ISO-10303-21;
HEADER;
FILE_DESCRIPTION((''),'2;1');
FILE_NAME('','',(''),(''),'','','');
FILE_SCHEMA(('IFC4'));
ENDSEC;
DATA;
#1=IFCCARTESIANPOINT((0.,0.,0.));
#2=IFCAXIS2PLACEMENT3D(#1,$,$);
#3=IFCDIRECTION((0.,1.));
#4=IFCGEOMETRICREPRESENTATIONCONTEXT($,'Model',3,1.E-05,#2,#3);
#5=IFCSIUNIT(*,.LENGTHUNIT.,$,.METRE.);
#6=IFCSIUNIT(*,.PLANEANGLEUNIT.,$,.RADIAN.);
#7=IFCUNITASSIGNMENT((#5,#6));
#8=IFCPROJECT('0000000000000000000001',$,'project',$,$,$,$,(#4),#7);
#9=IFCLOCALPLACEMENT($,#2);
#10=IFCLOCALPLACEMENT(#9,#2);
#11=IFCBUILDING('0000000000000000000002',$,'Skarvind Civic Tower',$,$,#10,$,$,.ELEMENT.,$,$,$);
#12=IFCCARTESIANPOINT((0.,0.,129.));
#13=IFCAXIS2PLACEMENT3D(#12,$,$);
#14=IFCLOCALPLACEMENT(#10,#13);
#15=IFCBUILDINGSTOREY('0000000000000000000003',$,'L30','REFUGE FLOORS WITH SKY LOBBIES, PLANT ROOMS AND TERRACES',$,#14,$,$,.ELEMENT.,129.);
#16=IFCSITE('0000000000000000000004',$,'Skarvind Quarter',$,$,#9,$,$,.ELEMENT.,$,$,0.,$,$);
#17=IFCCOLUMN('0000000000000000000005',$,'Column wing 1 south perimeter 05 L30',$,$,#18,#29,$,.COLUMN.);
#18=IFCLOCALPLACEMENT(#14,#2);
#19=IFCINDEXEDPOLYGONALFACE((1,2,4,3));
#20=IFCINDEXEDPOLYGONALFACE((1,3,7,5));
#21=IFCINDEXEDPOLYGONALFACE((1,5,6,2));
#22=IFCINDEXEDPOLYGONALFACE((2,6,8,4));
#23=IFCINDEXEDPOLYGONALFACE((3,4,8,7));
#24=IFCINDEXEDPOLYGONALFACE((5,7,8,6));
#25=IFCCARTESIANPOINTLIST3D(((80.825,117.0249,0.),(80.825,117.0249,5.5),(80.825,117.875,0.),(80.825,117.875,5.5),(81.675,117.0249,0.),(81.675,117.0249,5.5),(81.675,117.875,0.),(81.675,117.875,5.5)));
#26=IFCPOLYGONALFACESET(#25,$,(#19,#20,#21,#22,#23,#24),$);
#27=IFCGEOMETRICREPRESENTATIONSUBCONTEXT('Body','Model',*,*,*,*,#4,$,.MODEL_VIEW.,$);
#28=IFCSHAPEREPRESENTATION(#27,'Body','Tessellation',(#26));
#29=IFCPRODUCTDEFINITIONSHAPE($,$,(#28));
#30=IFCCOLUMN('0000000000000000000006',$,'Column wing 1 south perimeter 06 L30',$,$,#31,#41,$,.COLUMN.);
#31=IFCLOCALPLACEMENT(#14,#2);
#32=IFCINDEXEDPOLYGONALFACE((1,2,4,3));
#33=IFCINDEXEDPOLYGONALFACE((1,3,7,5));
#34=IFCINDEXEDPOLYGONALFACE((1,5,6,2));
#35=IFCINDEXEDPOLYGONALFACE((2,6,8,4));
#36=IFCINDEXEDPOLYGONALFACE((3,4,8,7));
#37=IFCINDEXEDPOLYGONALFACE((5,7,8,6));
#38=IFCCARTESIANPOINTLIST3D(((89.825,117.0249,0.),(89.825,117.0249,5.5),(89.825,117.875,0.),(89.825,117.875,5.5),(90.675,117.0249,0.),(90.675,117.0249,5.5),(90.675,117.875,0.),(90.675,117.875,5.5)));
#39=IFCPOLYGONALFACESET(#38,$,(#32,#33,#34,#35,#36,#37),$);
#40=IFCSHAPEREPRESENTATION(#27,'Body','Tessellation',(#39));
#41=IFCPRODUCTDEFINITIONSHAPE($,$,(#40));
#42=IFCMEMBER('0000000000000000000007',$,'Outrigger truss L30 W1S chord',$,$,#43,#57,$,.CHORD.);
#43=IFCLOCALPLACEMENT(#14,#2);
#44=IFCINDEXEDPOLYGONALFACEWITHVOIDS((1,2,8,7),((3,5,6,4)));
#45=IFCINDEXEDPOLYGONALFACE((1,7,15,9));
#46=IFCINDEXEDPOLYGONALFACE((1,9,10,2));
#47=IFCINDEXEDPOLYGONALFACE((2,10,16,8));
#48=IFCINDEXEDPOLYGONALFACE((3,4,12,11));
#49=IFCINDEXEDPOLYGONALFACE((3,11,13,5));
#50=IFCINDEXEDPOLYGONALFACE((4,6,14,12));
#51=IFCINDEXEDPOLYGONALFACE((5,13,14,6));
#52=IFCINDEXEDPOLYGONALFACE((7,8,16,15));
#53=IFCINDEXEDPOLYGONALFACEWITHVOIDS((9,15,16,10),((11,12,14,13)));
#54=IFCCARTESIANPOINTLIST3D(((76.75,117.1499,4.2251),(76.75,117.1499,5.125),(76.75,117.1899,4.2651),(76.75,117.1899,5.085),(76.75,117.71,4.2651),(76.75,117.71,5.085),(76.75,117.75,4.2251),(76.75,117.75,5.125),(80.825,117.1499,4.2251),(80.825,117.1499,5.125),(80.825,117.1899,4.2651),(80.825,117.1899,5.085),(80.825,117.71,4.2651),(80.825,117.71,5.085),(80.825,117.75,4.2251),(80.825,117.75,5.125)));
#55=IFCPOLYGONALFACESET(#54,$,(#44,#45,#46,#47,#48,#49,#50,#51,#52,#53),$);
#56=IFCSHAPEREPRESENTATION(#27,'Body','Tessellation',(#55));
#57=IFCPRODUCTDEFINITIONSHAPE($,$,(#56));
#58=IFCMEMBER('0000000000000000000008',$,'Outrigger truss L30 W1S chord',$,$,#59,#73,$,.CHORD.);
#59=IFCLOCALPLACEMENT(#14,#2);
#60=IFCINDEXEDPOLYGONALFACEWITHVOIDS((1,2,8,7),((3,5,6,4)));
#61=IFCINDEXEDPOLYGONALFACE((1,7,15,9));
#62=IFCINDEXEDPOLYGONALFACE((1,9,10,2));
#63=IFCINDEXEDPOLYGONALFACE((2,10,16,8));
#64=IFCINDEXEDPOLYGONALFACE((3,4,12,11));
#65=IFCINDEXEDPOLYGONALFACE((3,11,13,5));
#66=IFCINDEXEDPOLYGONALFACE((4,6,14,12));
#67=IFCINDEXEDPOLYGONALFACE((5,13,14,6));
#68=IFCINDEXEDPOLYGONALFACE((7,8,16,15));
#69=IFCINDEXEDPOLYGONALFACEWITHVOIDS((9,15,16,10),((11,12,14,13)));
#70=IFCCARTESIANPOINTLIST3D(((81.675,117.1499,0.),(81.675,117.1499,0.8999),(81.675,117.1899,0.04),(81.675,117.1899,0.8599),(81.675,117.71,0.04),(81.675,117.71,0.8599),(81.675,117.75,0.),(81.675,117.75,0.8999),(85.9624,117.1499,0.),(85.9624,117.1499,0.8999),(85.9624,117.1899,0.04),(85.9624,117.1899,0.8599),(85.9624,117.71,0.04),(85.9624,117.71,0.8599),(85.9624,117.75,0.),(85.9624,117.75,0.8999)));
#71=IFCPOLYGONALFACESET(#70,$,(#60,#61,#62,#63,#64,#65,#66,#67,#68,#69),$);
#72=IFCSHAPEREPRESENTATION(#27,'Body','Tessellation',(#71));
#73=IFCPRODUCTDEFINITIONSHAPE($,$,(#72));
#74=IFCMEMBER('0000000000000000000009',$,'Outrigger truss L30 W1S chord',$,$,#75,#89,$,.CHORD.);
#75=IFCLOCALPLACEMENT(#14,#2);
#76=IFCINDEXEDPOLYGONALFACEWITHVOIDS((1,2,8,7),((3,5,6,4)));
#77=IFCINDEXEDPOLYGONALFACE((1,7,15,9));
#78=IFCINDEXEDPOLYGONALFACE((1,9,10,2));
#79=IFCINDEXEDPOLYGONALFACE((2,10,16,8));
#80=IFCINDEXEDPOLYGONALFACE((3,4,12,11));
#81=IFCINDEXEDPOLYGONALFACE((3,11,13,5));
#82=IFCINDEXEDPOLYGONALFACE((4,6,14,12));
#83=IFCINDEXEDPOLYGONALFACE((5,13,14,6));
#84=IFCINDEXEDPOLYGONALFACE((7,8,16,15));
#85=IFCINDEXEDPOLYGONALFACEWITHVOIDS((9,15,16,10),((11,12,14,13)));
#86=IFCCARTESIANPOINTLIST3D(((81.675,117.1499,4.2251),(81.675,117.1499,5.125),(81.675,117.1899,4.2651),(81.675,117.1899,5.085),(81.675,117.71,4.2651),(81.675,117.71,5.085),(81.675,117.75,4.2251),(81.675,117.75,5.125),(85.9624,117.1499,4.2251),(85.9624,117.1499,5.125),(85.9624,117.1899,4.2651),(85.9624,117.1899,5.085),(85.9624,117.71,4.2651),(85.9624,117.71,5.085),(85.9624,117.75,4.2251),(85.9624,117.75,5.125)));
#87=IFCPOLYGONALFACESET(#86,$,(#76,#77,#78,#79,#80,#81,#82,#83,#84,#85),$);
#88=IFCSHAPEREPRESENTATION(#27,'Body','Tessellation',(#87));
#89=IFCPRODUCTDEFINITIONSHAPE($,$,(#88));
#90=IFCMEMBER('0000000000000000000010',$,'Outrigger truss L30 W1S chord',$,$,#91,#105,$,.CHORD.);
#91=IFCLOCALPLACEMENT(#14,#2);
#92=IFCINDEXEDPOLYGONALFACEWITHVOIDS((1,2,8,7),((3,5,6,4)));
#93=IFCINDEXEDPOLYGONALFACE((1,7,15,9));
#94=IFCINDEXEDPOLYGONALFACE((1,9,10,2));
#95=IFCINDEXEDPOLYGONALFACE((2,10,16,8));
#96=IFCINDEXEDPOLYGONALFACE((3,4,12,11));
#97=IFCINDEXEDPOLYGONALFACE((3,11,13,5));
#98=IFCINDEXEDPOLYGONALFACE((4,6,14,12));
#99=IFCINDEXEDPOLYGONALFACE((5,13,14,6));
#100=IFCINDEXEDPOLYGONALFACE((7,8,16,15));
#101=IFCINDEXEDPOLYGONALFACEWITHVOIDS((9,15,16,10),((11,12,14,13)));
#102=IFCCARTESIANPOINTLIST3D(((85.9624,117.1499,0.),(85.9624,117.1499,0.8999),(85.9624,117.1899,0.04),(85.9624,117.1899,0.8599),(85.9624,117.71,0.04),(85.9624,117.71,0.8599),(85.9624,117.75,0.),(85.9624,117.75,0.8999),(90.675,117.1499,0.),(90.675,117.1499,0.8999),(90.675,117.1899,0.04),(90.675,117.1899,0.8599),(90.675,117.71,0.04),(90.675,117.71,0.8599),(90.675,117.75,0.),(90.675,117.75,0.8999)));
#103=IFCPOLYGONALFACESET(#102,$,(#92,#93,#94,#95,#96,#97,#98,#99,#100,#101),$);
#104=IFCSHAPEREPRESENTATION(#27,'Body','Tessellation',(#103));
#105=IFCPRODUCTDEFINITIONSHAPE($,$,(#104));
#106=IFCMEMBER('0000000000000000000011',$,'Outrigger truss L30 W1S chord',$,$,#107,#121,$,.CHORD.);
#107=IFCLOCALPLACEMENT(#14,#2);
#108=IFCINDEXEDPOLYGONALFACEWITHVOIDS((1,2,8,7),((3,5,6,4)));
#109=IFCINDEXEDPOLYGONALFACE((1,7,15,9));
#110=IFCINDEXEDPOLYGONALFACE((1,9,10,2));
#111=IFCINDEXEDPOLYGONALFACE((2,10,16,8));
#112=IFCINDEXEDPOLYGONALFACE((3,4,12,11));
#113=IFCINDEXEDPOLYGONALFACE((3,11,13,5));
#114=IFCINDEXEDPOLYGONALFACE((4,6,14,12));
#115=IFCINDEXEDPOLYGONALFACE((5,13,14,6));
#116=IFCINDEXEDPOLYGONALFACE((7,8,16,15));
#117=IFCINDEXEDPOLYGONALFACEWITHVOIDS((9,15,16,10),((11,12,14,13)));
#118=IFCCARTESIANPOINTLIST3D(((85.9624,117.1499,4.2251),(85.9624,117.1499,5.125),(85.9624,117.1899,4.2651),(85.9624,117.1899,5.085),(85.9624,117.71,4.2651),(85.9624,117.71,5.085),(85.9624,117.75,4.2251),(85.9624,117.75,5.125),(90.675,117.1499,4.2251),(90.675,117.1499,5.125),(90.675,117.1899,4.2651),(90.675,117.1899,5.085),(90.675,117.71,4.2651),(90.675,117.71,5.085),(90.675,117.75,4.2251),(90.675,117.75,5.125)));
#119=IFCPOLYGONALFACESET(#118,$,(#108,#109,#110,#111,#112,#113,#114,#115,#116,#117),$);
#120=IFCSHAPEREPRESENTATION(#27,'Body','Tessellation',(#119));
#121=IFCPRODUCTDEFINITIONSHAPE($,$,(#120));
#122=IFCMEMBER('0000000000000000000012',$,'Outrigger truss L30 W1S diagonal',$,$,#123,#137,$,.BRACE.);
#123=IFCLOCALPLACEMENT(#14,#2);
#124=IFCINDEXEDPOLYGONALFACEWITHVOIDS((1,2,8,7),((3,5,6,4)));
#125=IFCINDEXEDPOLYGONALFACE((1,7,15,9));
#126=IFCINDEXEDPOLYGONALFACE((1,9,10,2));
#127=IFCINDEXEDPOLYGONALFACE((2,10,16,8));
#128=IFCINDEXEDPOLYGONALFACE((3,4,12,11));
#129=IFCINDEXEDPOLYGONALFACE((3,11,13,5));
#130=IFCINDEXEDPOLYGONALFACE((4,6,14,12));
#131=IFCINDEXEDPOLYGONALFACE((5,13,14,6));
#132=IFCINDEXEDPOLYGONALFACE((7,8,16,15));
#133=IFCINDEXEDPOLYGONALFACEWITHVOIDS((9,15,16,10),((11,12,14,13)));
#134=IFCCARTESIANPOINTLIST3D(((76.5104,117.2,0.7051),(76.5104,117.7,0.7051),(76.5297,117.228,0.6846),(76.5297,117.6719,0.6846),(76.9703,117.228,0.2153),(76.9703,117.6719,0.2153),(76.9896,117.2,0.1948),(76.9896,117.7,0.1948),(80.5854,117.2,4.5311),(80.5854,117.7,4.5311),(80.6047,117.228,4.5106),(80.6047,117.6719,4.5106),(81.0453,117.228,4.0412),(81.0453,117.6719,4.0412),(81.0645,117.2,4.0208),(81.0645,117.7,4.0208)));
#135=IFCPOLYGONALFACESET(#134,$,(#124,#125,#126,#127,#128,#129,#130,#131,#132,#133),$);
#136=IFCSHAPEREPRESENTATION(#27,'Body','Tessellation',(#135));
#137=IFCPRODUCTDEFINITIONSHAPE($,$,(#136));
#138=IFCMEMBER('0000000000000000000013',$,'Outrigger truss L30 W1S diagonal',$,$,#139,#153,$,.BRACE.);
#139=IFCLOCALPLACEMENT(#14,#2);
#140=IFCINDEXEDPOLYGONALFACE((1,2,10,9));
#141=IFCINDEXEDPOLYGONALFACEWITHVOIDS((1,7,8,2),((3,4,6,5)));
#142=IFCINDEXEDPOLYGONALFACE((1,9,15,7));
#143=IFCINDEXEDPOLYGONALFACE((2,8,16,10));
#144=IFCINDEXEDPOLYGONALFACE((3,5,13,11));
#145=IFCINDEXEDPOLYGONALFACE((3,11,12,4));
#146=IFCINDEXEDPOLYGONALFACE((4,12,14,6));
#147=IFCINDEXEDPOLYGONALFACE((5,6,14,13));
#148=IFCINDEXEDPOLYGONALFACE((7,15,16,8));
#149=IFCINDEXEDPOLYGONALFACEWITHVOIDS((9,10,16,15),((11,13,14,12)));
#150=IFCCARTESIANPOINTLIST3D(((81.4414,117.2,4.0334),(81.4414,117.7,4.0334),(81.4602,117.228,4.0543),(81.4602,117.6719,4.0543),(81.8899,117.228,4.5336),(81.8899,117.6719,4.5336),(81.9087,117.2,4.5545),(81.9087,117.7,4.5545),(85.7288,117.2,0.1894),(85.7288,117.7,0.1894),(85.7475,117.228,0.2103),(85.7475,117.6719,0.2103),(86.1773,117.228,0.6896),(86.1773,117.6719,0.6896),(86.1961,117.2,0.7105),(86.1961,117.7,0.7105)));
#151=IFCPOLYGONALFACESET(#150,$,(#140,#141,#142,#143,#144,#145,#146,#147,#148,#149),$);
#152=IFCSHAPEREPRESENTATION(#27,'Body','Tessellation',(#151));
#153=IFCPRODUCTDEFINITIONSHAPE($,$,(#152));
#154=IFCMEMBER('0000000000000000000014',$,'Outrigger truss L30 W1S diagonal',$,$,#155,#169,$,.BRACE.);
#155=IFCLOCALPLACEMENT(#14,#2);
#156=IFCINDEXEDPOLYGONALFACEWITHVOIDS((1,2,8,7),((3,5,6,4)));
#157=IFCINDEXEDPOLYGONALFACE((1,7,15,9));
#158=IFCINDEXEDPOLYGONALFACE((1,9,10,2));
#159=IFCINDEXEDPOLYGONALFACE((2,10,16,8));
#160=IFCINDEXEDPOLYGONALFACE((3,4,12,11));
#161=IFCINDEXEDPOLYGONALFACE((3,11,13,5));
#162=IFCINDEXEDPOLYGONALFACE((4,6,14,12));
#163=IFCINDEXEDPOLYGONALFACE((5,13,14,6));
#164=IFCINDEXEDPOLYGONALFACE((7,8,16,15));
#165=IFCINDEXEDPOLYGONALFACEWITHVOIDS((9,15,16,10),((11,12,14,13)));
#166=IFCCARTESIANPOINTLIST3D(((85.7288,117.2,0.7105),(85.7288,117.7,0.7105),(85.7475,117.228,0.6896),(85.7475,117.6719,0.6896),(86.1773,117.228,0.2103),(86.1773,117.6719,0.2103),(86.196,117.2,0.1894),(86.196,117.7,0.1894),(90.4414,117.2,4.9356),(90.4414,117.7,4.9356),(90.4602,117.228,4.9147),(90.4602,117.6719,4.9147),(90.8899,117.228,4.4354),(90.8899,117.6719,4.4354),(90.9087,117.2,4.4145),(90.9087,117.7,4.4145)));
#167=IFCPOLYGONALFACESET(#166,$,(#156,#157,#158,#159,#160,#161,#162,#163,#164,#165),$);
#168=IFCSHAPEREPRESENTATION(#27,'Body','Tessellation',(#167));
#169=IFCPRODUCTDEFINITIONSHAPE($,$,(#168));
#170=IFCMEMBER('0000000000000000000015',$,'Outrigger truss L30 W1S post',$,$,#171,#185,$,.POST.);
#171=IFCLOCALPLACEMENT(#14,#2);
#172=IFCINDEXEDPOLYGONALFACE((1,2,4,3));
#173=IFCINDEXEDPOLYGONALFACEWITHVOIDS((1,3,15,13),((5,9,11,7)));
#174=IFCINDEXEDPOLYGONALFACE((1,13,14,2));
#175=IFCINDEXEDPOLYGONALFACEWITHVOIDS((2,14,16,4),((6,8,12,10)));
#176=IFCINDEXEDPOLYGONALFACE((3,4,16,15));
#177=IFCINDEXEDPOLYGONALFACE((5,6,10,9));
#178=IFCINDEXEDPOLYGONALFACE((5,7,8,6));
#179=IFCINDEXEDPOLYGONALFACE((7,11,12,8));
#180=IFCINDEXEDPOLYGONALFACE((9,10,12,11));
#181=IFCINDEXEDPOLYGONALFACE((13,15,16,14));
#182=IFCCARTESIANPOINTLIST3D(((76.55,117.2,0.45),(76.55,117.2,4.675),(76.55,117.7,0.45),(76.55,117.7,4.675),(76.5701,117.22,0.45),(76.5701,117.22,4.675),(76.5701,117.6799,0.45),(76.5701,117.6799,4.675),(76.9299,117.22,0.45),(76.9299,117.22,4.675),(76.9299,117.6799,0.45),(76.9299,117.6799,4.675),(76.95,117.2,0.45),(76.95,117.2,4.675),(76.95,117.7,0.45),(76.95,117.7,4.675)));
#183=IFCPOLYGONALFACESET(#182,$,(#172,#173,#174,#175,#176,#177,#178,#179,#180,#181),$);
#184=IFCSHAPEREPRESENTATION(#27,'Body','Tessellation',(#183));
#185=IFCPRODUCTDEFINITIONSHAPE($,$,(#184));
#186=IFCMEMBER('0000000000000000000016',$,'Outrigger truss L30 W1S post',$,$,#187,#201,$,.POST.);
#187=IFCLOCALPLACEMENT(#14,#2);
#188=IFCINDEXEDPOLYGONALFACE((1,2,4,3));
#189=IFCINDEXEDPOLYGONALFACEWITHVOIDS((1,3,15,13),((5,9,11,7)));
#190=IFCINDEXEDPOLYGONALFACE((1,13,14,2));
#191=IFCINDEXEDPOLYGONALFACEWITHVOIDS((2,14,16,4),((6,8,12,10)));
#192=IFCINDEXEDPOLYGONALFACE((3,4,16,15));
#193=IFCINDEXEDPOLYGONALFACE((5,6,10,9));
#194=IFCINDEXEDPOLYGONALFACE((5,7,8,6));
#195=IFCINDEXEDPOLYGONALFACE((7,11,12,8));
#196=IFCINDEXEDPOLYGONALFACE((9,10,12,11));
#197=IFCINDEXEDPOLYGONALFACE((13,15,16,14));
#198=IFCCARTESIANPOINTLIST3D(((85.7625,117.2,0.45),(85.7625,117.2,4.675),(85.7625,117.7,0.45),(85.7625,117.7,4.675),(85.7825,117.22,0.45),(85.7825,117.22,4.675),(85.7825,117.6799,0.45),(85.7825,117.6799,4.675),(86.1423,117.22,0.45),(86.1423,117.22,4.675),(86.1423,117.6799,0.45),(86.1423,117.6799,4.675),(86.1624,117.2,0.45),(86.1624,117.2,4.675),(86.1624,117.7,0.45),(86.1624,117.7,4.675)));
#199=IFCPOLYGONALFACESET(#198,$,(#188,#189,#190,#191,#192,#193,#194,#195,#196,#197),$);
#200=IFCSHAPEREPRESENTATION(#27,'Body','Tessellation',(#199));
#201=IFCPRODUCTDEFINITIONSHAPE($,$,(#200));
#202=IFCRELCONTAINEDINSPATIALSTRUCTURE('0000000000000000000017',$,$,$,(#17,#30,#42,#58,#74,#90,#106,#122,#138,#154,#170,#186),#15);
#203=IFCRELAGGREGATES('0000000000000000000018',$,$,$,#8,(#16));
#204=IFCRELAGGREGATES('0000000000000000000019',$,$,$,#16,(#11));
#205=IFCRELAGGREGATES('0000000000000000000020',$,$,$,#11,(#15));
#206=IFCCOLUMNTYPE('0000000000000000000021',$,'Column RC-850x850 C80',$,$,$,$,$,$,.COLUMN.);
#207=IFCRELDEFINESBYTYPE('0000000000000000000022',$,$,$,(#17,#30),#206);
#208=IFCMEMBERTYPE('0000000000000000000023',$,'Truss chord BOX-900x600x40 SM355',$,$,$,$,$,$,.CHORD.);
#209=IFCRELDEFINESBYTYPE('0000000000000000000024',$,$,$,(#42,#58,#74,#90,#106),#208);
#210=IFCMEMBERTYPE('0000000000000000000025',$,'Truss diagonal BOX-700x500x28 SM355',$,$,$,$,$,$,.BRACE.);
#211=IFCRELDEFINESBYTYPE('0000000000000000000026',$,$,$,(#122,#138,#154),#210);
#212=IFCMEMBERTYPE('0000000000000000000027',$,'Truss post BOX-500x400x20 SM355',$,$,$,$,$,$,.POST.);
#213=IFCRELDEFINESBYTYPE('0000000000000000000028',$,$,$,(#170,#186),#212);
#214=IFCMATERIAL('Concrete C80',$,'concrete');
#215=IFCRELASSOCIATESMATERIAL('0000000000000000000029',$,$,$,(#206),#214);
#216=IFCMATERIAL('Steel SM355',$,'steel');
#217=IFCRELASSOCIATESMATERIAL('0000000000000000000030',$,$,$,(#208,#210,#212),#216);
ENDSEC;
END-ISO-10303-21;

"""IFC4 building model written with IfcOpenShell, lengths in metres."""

from ifc_helpers import new_model, si_unit, direction, frame, origin, origin_2d, place, context, subcontext, project, spatial, rectangle, hollow_rectangle, extrude, material, material_profile, profile_set, type_object, element, save


model = new_model("IFC4")

# Units and contexts
model_context = context("Model", 3, precision=1e-05, world=origin(), true_north=direction((0.0, 1.0)))
body_context = subcontext(model_context, "Body", "Model", "MODEL_VIEW")
ifc_project = project(units=[si_unit("LENGTHUNIT", "METRE"), si_unit("PLANEANGLEUNIT", "RADIAN")], contexts=[model_context])

# Site, building, storey
site_placement = place(None, origin())
site = spatial("IfcSite", under=ifc_project, at=site_placement, Name="Skarvind Quarter", CompositionType="ELEMENT", RefElevation=0.0)
building_placement = place(site_placement, origin())
building = spatial("IfcBuilding", under=site, at=building_placement, Name="Skarvind Civic Tower", CompositionType="ELEMENT")
storey_placement = place(building_placement, frame((0.0, 0.0, 129.0)))
storey = spatial("IfcBuildingStorey", under=building, at=storey_placement, Name="L30", Description="REFUGE FLOORS WITH SKY LOBBIES, PLANT ROOMS AND TERRACES", CompositionType="ELEMENT", Elevation=129.0)

# Columns
ifc_material_1 = material(Name="Concrete C80", Category="concrete")
ifc_material_profile_1 = material_profile(ifc_material_1, rectangle(XDim=0.8501, YDim=0.8501, at=origin_2d()), Name="RC-850x850")
ifc_profile_set_1 = profile_set([ifc_material_profile_1], Name="Concrete C80")
column_type = type_object("IfcColumnType", Name="Column RC-850x850 C80", PredefinedType="COLUMN", material=ifc_profile_set_1)
for number, where, z_axis, x_axis, name in (
    (1, (81.25, 117.45, 0.0), (0.0, 0.0, 1.0), (1.0, 0.0, 0.0), "Column wing 1 south perimeter 05 L30"),
    (2, (90.25, 117.45, 0.0), (0.0, 0.0, 1.0), (1.0, 0.0, 0.0), "Column wing 1 south perimeter 06 L30"),
):
    element("IfcColumn", number, at=place(storey_placement, frame(where, z_axis=z_axis, x_axis=x_axis)), inside=storey, type_object=column_type, Name=name, PredefinedType="COLUMN", context=body_context, shape_type="SweptSolid", body=[
        extrude(rectangle(XDim=0.8501, YDim=0.8501, at=origin_2d()), origin(), (0.0, 0.0, 1.0), 5.5),
    ])

# Members
ifc_material_2 = material(Name="Steel SM355", Category="steel")
ifc_material_profile_2 = material_profile(ifc_material_2, hollow_rectangle(XDim=0.6001, YDim=0.8999, WallThickness=0.04, at=origin_2d()), Name="BOX-900x600x40")
ifc_profile_set_2 = profile_set([ifc_material_profile_2], Name="Steel SM355")
member_type_1 = type_object("IfcMemberType", Name="Truss chord BOX-900x600x40 SM355", PredefinedType="CHORD", material=ifc_profile_set_2)
member_1_placement = place(storey_placement, frame((76.75, 117.45, 4.675), z_axis=(1.0, 0.0, 0.0), x_axis=(0.0, 1.0, 0.0)))
element("IfcMember", 3, at=member_1_placement, inside=storey, type_object=member_type_1, Name="Outrigger truss L30 W1S chord", PredefinedType="CHORD", context=body_context, shape_type="SweptSolid", body=[
    extrude(hollow_rectangle(XDim=0.6001, YDim=0.8999, WallThickness=0.04, at=origin_2d()), origin(), (0.0, 0.0, 1.0), 4.075),
])
for number, where, z_axis, x_axis, name in (
    (4, (81.675, 117.45, 0.45), (1.0, 0.0, 0.0), (0.0, 1.0, 0.0), "Outrigger truss L30 W1S chord"),
    (5, (81.675, 117.45, 4.675), (1.0, 0.0, 0.0), (0.0, 1.0, 0.0), "Outrigger truss L30 W1S chord"),
):
    element("IfcMember", number, at=place(storey_placement, frame(where, z_axis=z_axis, x_axis=x_axis)), inside=storey, type_object=member_type_1, Name=name, PredefinedType="CHORD", context=body_context, shape_type="SweptSolid", body=[
        extrude(hollow_rectangle(XDim=0.6001, YDim=0.8999, WallThickness=0.04, at=origin_2d()), origin(), (0.0, 0.0, 1.0), 4.2874),
    ])
for number, where, z_axis, x_axis, name in (
    (6, (85.9624, 117.45, 0.45), (1.0, 0.0, 0.0), (0.0, 1.0, 0.0), "Outrigger truss L30 W1S chord"),
    (7, (85.9624, 117.45, 4.675), (1.0, 0.0, 0.0), (0.0, 1.0, 0.0), "Outrigger truss L30 W1S chord"),
):
    element("IfcMember", number, at=place(storey_placement, frame(where, z_axis=z_axis, x_axis=x_axis)), inside=storey, type_object=member_type_1, Name=name, PredefinedType="CHORD", context=body_context, shape_type="SweptSolid", body=[
        extrude(hollow_rectangle(XDim=0.6001, YDim=0.8999, WallThickness=0.04, at=origin_2d()), origin(), (0.0, 0.0, 1.0), 4.7126),
    ])
ifc_material_profile_3 = material_profile(ifc_material_2, hollow_rectangle(XDim=0.5, YDim=0.7, WallThickness=0.0281, at=origin_2d()), Name="BOX-700x500x28")
ifc_profile_set_3 = profile_set([ifc_material_profile_3], Name="Steel SM355")
member_type_2 = type_object("IfcMemberType", Name="Truss diagonal BOX-700x500x28 SM355", PredefinedType="BRACE", material=ifc_profile_set_3)
member_2_placement = place(storey_placement, frame((76.75, 117.45, 0.45), z_axis=(0.729032, 0.0, 0.68448), x_axis=(0.0, 1.0, 0.0)))
element("IfcMember", 8, at=member_2_placement, inside=storey, type_object=member_type_2, Name="Outrigger truss L30 W1S diagonal", PredefinedType="BRACE", context=body_context, shape_type="SweptSolid", body=[
    extrude(hollow_rectangle(XDim=0.5, YDim=0.7, WallThickness=0.0281, at=origin_2d()), origin(), (0.0, 0.0, 1.0), 5.5896),
])
member_3_placement = place(storey_placement, frame((81.675, 117.45, 4.2939), z_axis=(0.744556, 0.0, -0.66756), x_axis=(0.0, 1.0, 0.0)))
element("IfcMember", 9, at=member_3_placement, inside=storey, type_object=member_type_2, Name="Outrigger truss L30 W1S diagonal", PredefinedType="BRACE", context=body_context, shape_type="SweptSolid", body=[
    extrude(hollow_rectangle(XDim=0.5, YDim=0.7, WallThickness=0.0281, at=origin_2d()), origin(), (0.0, 0.0, 1.0), 5.7583),
])
member_4_placement = place(storey_placement, frame((85.9624, 117.45, 0.45), z_axis=(0.744572, 0.0, 0.667542), x_axis=(0.0, 1.0, 0.0)))
element("IfcMember", 10, at=member_4_placement, inside=storey, type_object=member_type_2, Name="Outrigger truss L30 W1S diagonal", PredefinedType="BRACE", context=body_context, shape_type="SweptSolid", body=[
    extrude(hollow_rectangle(XDim=0.5, YDim=0.7, WallThickness=0.0281, at=origin_2d()), origin(), (0.0, 0.0, 1.0), 6.3293),
])
ifc_material_profile_4 = material_profile(ifc_material_2, hollow_rectangle(XDim=0.3999, YDim=0.5, WallThickness=0.02, at=origin_2d()), Name="BOX-500x400x20")
ifc_profile_set_4 = profile_set([ifc_material_profile_4], Name="Steel SM355")
member_type_3 = type_object("IfcMemberType", Name="Truss post BOX-500x400x20 SM355", PredefinedType="POST", material=ifc_profile_set_4)
for number, where, z_axis, x_axis, name in (
    (11, (76.75, 117.45, 0.45), (0.0, 0.0, 1.0), (1.0, 0.0, 0.0), "Outrigger truss L30 W1S post"),
    (12, (85.9624, 117.45, 0.45), (0.0, 0.0, 1.0), (1.0, 0.0, 0.0), "Outrigger truss L30 W1S post"),
):
    element("IfcMember", number, at=place(storey_placement, frame(where, z_axis=z_axis, x_axis=x_axis)), inside=storey, type_object=member_type_3, Name=name, PredefinedType="POST", context=body_context, shape_type="SweptSolid", body=[
        extrude(hollow_rectangle(XDim=0.3999, YDim=0.5, WallThickness=0.02, at=origin_2d()), origin(), (0.0, 0.0, 1.0), 4.2251),
    ])

save(model, "model.ifc")
